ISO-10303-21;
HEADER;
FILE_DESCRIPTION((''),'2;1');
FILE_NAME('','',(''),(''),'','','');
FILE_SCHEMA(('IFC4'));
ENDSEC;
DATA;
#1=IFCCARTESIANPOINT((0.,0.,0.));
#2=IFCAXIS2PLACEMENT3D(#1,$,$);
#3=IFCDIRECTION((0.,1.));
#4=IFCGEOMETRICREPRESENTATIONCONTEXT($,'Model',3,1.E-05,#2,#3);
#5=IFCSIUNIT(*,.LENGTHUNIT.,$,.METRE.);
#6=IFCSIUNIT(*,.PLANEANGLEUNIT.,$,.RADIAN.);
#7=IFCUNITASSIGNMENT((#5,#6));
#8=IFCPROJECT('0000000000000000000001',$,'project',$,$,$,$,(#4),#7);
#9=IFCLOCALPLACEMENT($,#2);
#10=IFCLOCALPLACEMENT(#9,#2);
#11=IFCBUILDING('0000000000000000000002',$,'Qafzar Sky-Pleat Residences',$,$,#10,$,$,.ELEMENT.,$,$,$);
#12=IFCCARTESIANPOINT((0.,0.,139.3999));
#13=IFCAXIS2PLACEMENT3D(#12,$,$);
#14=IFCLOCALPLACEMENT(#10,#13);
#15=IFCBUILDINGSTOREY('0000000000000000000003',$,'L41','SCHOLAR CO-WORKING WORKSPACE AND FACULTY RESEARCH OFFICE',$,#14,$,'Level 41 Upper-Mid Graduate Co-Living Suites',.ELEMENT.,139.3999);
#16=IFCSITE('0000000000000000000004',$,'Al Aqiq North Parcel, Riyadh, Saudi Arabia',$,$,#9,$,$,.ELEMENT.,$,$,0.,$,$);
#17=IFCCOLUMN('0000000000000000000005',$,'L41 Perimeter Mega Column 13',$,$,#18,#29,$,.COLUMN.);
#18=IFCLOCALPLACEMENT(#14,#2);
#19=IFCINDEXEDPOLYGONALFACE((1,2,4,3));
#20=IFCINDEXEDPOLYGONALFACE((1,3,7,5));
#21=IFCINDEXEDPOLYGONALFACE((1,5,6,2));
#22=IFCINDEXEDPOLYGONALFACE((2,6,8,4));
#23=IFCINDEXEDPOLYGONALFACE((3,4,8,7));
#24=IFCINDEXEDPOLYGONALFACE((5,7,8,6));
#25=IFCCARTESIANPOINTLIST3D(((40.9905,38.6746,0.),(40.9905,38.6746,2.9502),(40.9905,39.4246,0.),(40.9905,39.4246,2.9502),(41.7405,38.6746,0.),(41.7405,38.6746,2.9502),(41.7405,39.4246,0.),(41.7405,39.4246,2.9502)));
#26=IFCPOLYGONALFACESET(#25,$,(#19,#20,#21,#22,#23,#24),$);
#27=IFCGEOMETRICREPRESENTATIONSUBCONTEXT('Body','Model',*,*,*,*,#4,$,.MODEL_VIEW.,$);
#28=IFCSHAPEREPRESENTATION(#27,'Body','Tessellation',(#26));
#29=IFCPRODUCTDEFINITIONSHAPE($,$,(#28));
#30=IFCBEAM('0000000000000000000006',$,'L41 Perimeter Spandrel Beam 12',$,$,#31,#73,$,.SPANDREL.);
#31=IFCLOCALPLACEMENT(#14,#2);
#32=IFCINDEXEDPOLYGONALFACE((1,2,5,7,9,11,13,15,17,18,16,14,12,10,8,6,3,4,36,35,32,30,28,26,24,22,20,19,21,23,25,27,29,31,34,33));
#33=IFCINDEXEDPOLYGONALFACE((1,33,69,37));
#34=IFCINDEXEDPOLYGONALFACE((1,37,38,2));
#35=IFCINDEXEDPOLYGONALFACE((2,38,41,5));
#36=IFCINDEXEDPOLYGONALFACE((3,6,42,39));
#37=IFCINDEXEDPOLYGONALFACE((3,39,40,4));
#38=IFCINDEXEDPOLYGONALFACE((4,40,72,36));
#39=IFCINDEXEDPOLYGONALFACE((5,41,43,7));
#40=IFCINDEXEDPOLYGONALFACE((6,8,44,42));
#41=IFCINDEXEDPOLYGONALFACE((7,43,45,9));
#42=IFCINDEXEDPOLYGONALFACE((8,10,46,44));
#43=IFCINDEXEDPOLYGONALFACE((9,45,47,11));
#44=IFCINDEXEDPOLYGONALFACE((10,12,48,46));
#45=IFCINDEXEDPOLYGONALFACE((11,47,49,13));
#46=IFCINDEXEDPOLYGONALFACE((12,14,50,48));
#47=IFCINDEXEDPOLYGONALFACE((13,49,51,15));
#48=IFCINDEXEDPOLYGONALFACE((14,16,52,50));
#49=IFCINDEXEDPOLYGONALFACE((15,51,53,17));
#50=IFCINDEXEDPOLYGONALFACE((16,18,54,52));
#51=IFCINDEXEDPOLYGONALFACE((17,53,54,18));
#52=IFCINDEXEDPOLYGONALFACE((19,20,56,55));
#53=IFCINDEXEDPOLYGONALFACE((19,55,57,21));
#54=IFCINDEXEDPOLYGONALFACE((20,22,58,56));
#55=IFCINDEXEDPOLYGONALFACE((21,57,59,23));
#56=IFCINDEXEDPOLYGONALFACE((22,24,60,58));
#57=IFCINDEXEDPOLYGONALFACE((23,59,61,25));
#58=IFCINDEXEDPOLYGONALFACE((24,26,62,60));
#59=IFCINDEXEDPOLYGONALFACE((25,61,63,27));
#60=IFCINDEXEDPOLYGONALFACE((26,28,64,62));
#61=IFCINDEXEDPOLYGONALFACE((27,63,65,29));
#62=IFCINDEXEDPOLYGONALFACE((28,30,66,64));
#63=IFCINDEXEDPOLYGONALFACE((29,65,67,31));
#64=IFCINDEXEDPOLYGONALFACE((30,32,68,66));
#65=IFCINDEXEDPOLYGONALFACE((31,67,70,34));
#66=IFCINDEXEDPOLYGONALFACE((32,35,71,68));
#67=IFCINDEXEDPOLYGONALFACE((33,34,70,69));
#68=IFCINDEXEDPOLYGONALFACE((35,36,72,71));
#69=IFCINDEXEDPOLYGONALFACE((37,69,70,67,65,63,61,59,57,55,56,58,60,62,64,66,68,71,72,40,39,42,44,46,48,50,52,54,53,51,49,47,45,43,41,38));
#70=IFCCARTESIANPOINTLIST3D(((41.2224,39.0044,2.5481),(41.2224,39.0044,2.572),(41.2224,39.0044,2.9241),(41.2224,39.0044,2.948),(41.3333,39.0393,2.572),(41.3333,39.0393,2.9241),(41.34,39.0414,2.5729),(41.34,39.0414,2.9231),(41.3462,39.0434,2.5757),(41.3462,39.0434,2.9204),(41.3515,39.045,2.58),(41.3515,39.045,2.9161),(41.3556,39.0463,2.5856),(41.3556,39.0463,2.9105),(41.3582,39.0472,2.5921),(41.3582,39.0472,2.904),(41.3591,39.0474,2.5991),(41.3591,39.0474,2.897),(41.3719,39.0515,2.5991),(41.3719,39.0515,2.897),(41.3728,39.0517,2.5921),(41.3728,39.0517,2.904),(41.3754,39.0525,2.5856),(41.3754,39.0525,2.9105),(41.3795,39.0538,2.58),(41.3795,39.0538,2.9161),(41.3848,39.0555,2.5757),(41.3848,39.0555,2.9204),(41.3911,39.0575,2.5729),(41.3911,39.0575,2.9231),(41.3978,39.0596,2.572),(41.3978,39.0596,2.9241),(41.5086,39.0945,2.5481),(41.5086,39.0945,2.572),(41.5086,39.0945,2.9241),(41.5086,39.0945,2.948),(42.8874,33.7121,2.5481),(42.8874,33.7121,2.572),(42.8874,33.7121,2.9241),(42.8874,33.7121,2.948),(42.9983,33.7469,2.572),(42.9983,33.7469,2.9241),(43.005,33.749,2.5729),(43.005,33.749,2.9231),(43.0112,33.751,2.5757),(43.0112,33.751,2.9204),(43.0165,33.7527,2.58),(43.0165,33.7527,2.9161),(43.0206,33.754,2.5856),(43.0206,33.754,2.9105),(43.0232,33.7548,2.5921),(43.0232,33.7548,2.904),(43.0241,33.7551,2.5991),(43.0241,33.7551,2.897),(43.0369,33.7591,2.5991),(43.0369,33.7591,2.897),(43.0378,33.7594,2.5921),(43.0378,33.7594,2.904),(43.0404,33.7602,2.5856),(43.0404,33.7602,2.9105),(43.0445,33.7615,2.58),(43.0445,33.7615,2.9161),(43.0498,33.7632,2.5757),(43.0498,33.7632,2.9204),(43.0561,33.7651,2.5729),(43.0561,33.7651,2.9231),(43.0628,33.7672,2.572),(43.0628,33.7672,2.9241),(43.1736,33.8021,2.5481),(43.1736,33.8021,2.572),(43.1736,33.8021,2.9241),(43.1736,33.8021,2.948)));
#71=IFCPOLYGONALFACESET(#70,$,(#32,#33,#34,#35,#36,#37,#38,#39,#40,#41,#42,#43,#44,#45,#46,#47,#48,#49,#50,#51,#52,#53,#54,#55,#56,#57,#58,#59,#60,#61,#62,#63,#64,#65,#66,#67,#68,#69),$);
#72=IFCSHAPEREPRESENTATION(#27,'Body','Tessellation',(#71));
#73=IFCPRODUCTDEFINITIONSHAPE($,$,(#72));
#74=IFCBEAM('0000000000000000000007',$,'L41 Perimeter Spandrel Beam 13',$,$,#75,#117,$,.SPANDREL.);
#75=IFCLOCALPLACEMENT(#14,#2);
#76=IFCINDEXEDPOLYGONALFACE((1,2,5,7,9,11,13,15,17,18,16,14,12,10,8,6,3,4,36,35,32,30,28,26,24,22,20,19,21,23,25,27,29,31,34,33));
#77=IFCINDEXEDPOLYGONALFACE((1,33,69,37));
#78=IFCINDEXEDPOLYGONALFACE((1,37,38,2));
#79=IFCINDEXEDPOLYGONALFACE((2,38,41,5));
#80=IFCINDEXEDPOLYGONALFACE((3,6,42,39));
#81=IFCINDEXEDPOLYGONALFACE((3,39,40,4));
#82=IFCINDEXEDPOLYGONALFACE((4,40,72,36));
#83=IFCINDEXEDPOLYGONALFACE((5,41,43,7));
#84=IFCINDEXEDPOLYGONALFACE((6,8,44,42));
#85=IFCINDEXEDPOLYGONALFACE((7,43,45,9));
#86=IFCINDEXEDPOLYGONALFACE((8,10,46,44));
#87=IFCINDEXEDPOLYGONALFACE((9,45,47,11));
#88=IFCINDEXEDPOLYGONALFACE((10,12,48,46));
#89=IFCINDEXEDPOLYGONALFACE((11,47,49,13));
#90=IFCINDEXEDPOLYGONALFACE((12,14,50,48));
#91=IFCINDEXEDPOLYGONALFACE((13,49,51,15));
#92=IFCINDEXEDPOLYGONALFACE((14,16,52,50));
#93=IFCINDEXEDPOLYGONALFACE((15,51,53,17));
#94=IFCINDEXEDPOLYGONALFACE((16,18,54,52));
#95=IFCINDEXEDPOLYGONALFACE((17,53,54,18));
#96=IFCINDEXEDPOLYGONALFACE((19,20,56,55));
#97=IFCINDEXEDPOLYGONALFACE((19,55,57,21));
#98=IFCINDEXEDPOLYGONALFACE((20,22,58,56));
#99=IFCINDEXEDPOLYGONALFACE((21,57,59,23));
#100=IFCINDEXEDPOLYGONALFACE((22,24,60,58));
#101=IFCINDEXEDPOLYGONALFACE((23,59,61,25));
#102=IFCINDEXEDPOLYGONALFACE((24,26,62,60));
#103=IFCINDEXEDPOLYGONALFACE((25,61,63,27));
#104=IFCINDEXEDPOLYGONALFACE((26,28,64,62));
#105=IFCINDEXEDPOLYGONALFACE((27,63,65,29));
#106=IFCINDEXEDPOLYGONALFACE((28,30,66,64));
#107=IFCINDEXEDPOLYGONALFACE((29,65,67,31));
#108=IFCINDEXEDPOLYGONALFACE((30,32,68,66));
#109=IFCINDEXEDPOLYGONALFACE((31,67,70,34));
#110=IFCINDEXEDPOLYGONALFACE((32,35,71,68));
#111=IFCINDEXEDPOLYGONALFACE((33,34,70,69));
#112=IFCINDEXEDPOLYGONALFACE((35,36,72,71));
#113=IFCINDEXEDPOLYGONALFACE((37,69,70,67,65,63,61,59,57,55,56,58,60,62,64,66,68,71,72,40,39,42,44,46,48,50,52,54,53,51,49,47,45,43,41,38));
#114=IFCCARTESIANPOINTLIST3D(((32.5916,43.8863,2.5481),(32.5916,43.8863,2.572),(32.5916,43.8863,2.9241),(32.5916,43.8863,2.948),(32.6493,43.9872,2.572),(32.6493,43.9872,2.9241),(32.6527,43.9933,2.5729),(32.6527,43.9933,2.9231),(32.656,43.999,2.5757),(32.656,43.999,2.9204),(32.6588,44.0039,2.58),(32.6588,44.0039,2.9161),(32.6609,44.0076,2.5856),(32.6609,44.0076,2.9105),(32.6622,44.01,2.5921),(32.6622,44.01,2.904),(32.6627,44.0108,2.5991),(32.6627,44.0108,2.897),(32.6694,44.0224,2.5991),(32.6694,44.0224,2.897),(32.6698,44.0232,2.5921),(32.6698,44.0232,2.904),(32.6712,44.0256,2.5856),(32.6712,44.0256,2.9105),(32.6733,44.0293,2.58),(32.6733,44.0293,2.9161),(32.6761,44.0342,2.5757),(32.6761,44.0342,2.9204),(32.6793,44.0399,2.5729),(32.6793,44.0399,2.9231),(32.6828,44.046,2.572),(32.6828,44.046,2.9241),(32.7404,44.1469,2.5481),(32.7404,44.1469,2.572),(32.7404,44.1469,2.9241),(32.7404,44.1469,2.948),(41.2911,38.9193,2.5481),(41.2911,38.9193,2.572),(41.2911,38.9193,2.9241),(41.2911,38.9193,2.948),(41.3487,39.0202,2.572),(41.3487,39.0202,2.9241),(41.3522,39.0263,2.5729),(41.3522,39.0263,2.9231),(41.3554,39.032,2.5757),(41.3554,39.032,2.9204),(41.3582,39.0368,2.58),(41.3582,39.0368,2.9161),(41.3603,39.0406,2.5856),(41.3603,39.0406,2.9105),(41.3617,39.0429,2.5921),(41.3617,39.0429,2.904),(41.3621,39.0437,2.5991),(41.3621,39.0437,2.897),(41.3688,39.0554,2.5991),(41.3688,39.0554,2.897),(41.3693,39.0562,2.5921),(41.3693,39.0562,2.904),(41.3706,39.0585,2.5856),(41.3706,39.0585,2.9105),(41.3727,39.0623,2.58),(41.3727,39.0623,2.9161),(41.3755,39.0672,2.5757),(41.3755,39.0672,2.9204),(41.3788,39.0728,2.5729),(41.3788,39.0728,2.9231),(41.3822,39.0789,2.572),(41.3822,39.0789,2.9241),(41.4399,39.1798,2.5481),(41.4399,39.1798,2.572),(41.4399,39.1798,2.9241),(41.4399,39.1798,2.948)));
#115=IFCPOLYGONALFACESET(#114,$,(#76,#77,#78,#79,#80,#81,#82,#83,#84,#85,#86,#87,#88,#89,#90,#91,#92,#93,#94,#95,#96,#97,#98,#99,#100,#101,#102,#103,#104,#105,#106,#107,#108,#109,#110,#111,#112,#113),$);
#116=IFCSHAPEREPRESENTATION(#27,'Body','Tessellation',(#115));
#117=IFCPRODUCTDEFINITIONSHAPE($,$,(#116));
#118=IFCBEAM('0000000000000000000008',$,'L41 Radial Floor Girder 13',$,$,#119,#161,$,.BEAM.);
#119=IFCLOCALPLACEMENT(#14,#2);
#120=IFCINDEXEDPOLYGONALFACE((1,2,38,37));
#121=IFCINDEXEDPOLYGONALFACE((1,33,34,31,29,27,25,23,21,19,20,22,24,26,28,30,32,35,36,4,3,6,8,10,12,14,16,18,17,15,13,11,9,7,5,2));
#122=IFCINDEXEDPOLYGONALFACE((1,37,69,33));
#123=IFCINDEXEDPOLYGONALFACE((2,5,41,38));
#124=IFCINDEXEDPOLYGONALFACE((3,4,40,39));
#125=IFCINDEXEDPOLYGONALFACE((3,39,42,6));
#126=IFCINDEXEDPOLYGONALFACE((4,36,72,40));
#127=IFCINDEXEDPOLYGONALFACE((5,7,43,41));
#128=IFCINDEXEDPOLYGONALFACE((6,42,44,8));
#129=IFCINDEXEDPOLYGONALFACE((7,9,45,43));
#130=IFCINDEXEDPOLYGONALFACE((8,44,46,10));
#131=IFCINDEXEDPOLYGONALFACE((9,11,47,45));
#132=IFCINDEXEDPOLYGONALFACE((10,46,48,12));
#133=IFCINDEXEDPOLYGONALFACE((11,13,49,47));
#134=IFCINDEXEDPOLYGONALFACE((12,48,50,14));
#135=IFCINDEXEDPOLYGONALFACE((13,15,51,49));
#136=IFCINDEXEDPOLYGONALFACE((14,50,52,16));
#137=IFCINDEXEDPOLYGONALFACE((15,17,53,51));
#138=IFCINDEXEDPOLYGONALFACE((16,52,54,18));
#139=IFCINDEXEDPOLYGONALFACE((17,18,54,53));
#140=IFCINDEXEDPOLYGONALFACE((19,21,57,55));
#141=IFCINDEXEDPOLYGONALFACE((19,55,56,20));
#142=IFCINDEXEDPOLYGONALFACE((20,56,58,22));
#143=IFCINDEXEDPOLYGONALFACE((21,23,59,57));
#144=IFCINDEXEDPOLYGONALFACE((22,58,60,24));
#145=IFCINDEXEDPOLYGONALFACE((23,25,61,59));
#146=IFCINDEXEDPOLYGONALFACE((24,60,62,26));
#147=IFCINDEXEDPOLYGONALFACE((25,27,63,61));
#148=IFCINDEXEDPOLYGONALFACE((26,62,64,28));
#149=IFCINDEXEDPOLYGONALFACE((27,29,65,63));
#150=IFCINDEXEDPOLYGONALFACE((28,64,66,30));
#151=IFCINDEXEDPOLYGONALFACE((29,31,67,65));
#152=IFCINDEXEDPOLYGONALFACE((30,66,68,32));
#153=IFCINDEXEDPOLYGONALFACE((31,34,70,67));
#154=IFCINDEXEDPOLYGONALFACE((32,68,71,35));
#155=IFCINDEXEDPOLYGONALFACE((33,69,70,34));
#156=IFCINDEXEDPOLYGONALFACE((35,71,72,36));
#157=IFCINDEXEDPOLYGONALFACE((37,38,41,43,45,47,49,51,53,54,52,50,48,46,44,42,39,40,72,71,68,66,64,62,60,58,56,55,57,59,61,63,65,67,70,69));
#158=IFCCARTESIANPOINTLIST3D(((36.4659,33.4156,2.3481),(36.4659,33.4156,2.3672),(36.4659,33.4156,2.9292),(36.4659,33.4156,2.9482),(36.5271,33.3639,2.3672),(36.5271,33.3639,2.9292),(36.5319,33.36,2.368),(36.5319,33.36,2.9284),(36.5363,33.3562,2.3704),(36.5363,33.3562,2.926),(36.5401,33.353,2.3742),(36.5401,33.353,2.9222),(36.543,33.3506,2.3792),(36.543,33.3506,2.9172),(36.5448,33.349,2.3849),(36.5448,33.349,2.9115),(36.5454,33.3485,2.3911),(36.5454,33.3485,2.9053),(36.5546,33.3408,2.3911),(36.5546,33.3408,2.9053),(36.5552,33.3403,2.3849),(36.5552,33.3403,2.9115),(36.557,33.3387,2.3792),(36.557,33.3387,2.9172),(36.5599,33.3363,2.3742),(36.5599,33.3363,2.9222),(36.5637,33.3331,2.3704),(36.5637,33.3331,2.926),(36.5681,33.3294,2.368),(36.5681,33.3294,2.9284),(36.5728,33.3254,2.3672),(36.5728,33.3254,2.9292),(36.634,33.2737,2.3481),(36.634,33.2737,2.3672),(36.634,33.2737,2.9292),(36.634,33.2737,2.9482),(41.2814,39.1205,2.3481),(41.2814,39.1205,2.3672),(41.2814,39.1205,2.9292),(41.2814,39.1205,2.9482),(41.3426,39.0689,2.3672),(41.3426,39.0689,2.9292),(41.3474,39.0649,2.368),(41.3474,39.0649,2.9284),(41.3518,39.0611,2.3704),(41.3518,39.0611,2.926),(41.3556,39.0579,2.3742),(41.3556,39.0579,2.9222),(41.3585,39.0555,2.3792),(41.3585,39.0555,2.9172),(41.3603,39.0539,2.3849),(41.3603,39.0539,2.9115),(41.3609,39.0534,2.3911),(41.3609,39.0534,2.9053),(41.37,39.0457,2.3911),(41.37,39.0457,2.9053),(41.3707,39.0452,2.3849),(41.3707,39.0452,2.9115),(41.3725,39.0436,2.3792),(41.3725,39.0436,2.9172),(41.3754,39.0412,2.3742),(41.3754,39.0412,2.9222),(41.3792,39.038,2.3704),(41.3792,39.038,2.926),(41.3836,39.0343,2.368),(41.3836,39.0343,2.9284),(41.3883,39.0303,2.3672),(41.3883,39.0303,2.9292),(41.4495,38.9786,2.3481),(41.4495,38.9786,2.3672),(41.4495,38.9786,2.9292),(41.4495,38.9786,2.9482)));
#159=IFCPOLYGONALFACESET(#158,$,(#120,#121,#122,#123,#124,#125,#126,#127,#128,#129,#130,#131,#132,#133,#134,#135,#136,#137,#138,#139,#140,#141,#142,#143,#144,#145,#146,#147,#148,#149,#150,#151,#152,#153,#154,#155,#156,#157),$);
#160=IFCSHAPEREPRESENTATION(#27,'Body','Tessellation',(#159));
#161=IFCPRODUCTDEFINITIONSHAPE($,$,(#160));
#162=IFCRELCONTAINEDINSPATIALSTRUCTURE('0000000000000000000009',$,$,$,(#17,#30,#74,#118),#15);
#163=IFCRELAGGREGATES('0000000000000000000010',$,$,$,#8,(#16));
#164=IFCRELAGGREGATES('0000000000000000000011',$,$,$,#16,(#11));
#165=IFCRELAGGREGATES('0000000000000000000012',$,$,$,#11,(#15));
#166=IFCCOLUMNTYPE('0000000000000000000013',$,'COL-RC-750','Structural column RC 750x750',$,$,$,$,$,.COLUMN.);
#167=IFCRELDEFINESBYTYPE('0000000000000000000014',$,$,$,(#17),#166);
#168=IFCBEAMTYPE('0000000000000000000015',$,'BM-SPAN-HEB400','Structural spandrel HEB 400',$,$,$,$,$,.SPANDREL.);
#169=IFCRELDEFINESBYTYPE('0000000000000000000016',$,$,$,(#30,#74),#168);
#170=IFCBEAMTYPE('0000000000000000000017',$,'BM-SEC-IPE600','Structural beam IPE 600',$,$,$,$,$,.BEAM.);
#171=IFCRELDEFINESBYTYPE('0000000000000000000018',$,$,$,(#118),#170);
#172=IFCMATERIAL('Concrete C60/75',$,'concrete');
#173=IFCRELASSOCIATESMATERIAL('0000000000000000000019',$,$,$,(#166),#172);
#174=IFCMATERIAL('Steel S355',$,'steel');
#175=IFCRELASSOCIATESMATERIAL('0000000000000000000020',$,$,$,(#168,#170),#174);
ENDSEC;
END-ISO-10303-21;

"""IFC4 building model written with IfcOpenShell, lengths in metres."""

from ifc_helpers import new_model, si_unit, direction, frame, origin, origin_2d, place, context, subcontext, project, spatial, rectangle, i_section, extrude, source, transform, mapped, material, material_profile, profile_set, type_object, element, save


model = new_model("IFC4")

# Units and contexts
model_context = context("Model", 3, precision=1e-05, world=origin(), true_north=direction((0.0, 1.0)))
body_context = subcontext(model_context, "Body", "Model", "MODEL_VIEW")
ifc_project = project(units=[si_unit("LENGTHUNIT", "METRE"), si_unit("PLANEANGLEUNIT", "RADIAN")], contexts=[model_context])

# Site, building, storey
site_placement = place(None, origin())
site = spatial("IfcSite", under=ifc_project, at=site_placement, Name="Al Aqiq North Parcel, Riyadh, Saudi Arabia", CompositionType="ELEMENT", RefElevation=0.0)
building_placement = place(site_placement, origin())
building = spatial("IfcBuilding", under=site, at=building_placement, Name="Qafzar Sky-Pleat Residences", CompositionType="ELEMENT")
storey_placement = place(building_placement, frame((0.0, 0.0, 139.3999)))
storey = spatial("IfcBuildingStorey", under=building, at=storey_placement, Name="L41", Description="SCHOLAR CO-WORKING WORKSPACE AND FACULTY RESEARCH OFFICE", LongName="Level 41 Upper-Mid Graduate Co-Living Suites", CompositionType="ELEMENT", Elevation=139.3999)

# Column
ifc_material_1 = material(Name="Concrete C60/75", Category="concrete")
ifc_material_profile_1 = material_profile(ifc_material_1, rectangle(XDim=0.75, YDim=0.75, at=origin_2d()), Name="RC 750x750")
ifc_profile_set_1 = profile_set([ifc_material_profile_1], Name="Concrete C60/75")
column_type = type_object("IfcColumnType", Name="COL-RC-750", Description="Structural column RC 750x750", PredefinedType="COLUMN", material=ifc_profile_set_1)
shared_shape_1 = source(origin(), body_context, "Body", "SweptSolid", [
    extrude(rectangle(XDim=0.75, YDim=0.75, at=origin_2d()), origin(), (0.0, 0.0, 1.0), 2.9502),
])
column_placement = place(storey_placement, frame((41.3655, 39.0496, 0.0), z_axis=(0.0, 0.0, 1.0), x_axis=(1.0, 0.0, 0.0)))
element("IfcColumn", 1, at=column_placement, inside=storey, type_object=column_type, Name="L41 Perimeter Mega Column 13", PredefinedType="COLUMN", context=body_context, shape_type="MappedRepresentation", body=[
    mapped(shared_shape_1, transform((0.0, 0.0, 0.0), x_axis=(1.0, 0.0, 0.0), y_axis=(0.0, 1.0, 0.0), z_axis=(0.0, 0.0, 1.0), scale=1.0)),
])

# Beams
ifc_material_2 = material(Name="Steel S355", Category="steel")
ifc_material_profile_2 = material_profile(ifc_material_2, i_section(OverallWidth=0.3, OverallDepth=0.3999, WebThickness=0.0134, FlangeThickness=0.0239, FilletRadius=0.0271, at=origin_2d()), Name="HEB 400")
ifc_profile_set_2 = profile_set([ifc_material_profile_2], Name="Steel S355")
beam_type_1 = type_object("IfcBeamType", Name="BM-SPAN-HEB400", Description="Structural spandrel HEB 400", PredefinedType="SPANDREL", material=ifc_profile_set_2)
shared_shape_2 = source(origin(), body_context, "Body", "SweptSolid", [
    extrude(i_section(OverallWidth=0.3, OverallDepth=0.3999, WebThickness=0.0134, FlangeThickness=0.0239, FilletRadius=0.0271, at=origin_2d()), origin(), (0.0, 0.0, 1.0), 5.5481),
])
beam_1_placement = place(storey_placement, frame((43.0305, 33.7571, 2.748), z_axis=(-0.300103, 0.953907, 0.0), x_axis=(-0.953907, -0.300103, 0.0)))
element("IfcBeam", 2, at=beam_1_placement, inside=storey, type_object=beam_type_1, Name="L41 Perimeter Spandrel Beam 12", PredefinedType="SPANDREL", context=body_context, shape_type="MappedRepresentation", body=[
    mapped(shared_shape_2, transform((0.0, 0.0, 0.0), x_axis=(1.0, 0.0, 0.0), y_axis=(0.0, 1.0, 0.0), z_axis=(0.0, 0.0, 1.0), scale=1.0)),
])
shared_shape_3 = source(origin(), body_context, "Body", "SweptSolid", [
    extrude(i_section(OverallWidth=0.3, OverallDepth=0.3999, WebThickness=0.0134, FlangeThickness=0.0239, FilletRadius=0.0271, at=origin_2d()), origin(), (0.0, 0.0, 1.0), 10.0176),
])
beam_2_placement = place(storey_placement, frame((41.3655, 39.0496, 2.748), z_axis=(-0.868419, 0.495832, 0.0), x_axis=(-0.495832, -0.868419, 0.0)))
element("IfcBeam", 3, at=beam_2_placement, inside=storey, type_object=beam_type_1, Name="L41 Perimeter Spandrel Beam 13", PredefinedType="SPANDREL", context=body_context, shape_type="MappedRepresentation", body=[
    mapped(shared_shape_3, transform((0.0, 0.0, 0.0), x_axis=(1.0, 0.0, 0.0), y_axis=(0.0, 1.0, 0.0), z_axis=(0.0, 0.0, 1.0), scale=1.0)),
])
ifc_material_profile_3 = material_profile(ifc_material_2, i_section(OverallWidth=0.22, OverallDepth=0.6001, WebThickness=0.012, FlangeThickness=0.019, FilletRadius=0.0239, at=origin_2d()), Name="IPE 600")
ifc_profile_set_3 = profile_set([ifc_material_profile_3], Name="Steel S355")
beam_type_2 = type_object("IfcBeamType", Name="BM-SEC-IPE600", Description="Structural beam IPE 600", PredefinedType="BEAM", material=ifc_profile_set_3)
shared_shape_4 = source(origin(), body_context, "Body", "SweptSolid", [
    extrude(i_section(OverallWidth=0.22, OverallDepth=0.6001, WebThickness=0.012, FlangeThickness=0.019, FilletRadius=0.0239, at=origin_2d()), origin(), (0.0, 0.0, 1.0), 7.4656),
])
beam_3_placement = place(storey_placement, frame((41.3655, 39.0496, 2.6482), z_axis=(-0.645026, -0.764161, 0.0), x_axis=(0.764161, -0.645026, 0.0)))
element("IfcBeam", 4, at=beam_3_placement, inside=storey, type_object=beam_type_2, Name="L41 Radial Floor Girder 13", PredefinedType="BEAM", context=body_context, shape_type="MappedRepresentation", body=[
    mapped(shared_shape_4, transform((0.0, 0.0, 0.0), x_axis=(1.0, 0.0, 0.0), y_axis=(0.0, 1.0, 0.0), z_axis=(0.0, 0.0, 1.0), scale=1.0)),
])

save(model, "model.ifc")
